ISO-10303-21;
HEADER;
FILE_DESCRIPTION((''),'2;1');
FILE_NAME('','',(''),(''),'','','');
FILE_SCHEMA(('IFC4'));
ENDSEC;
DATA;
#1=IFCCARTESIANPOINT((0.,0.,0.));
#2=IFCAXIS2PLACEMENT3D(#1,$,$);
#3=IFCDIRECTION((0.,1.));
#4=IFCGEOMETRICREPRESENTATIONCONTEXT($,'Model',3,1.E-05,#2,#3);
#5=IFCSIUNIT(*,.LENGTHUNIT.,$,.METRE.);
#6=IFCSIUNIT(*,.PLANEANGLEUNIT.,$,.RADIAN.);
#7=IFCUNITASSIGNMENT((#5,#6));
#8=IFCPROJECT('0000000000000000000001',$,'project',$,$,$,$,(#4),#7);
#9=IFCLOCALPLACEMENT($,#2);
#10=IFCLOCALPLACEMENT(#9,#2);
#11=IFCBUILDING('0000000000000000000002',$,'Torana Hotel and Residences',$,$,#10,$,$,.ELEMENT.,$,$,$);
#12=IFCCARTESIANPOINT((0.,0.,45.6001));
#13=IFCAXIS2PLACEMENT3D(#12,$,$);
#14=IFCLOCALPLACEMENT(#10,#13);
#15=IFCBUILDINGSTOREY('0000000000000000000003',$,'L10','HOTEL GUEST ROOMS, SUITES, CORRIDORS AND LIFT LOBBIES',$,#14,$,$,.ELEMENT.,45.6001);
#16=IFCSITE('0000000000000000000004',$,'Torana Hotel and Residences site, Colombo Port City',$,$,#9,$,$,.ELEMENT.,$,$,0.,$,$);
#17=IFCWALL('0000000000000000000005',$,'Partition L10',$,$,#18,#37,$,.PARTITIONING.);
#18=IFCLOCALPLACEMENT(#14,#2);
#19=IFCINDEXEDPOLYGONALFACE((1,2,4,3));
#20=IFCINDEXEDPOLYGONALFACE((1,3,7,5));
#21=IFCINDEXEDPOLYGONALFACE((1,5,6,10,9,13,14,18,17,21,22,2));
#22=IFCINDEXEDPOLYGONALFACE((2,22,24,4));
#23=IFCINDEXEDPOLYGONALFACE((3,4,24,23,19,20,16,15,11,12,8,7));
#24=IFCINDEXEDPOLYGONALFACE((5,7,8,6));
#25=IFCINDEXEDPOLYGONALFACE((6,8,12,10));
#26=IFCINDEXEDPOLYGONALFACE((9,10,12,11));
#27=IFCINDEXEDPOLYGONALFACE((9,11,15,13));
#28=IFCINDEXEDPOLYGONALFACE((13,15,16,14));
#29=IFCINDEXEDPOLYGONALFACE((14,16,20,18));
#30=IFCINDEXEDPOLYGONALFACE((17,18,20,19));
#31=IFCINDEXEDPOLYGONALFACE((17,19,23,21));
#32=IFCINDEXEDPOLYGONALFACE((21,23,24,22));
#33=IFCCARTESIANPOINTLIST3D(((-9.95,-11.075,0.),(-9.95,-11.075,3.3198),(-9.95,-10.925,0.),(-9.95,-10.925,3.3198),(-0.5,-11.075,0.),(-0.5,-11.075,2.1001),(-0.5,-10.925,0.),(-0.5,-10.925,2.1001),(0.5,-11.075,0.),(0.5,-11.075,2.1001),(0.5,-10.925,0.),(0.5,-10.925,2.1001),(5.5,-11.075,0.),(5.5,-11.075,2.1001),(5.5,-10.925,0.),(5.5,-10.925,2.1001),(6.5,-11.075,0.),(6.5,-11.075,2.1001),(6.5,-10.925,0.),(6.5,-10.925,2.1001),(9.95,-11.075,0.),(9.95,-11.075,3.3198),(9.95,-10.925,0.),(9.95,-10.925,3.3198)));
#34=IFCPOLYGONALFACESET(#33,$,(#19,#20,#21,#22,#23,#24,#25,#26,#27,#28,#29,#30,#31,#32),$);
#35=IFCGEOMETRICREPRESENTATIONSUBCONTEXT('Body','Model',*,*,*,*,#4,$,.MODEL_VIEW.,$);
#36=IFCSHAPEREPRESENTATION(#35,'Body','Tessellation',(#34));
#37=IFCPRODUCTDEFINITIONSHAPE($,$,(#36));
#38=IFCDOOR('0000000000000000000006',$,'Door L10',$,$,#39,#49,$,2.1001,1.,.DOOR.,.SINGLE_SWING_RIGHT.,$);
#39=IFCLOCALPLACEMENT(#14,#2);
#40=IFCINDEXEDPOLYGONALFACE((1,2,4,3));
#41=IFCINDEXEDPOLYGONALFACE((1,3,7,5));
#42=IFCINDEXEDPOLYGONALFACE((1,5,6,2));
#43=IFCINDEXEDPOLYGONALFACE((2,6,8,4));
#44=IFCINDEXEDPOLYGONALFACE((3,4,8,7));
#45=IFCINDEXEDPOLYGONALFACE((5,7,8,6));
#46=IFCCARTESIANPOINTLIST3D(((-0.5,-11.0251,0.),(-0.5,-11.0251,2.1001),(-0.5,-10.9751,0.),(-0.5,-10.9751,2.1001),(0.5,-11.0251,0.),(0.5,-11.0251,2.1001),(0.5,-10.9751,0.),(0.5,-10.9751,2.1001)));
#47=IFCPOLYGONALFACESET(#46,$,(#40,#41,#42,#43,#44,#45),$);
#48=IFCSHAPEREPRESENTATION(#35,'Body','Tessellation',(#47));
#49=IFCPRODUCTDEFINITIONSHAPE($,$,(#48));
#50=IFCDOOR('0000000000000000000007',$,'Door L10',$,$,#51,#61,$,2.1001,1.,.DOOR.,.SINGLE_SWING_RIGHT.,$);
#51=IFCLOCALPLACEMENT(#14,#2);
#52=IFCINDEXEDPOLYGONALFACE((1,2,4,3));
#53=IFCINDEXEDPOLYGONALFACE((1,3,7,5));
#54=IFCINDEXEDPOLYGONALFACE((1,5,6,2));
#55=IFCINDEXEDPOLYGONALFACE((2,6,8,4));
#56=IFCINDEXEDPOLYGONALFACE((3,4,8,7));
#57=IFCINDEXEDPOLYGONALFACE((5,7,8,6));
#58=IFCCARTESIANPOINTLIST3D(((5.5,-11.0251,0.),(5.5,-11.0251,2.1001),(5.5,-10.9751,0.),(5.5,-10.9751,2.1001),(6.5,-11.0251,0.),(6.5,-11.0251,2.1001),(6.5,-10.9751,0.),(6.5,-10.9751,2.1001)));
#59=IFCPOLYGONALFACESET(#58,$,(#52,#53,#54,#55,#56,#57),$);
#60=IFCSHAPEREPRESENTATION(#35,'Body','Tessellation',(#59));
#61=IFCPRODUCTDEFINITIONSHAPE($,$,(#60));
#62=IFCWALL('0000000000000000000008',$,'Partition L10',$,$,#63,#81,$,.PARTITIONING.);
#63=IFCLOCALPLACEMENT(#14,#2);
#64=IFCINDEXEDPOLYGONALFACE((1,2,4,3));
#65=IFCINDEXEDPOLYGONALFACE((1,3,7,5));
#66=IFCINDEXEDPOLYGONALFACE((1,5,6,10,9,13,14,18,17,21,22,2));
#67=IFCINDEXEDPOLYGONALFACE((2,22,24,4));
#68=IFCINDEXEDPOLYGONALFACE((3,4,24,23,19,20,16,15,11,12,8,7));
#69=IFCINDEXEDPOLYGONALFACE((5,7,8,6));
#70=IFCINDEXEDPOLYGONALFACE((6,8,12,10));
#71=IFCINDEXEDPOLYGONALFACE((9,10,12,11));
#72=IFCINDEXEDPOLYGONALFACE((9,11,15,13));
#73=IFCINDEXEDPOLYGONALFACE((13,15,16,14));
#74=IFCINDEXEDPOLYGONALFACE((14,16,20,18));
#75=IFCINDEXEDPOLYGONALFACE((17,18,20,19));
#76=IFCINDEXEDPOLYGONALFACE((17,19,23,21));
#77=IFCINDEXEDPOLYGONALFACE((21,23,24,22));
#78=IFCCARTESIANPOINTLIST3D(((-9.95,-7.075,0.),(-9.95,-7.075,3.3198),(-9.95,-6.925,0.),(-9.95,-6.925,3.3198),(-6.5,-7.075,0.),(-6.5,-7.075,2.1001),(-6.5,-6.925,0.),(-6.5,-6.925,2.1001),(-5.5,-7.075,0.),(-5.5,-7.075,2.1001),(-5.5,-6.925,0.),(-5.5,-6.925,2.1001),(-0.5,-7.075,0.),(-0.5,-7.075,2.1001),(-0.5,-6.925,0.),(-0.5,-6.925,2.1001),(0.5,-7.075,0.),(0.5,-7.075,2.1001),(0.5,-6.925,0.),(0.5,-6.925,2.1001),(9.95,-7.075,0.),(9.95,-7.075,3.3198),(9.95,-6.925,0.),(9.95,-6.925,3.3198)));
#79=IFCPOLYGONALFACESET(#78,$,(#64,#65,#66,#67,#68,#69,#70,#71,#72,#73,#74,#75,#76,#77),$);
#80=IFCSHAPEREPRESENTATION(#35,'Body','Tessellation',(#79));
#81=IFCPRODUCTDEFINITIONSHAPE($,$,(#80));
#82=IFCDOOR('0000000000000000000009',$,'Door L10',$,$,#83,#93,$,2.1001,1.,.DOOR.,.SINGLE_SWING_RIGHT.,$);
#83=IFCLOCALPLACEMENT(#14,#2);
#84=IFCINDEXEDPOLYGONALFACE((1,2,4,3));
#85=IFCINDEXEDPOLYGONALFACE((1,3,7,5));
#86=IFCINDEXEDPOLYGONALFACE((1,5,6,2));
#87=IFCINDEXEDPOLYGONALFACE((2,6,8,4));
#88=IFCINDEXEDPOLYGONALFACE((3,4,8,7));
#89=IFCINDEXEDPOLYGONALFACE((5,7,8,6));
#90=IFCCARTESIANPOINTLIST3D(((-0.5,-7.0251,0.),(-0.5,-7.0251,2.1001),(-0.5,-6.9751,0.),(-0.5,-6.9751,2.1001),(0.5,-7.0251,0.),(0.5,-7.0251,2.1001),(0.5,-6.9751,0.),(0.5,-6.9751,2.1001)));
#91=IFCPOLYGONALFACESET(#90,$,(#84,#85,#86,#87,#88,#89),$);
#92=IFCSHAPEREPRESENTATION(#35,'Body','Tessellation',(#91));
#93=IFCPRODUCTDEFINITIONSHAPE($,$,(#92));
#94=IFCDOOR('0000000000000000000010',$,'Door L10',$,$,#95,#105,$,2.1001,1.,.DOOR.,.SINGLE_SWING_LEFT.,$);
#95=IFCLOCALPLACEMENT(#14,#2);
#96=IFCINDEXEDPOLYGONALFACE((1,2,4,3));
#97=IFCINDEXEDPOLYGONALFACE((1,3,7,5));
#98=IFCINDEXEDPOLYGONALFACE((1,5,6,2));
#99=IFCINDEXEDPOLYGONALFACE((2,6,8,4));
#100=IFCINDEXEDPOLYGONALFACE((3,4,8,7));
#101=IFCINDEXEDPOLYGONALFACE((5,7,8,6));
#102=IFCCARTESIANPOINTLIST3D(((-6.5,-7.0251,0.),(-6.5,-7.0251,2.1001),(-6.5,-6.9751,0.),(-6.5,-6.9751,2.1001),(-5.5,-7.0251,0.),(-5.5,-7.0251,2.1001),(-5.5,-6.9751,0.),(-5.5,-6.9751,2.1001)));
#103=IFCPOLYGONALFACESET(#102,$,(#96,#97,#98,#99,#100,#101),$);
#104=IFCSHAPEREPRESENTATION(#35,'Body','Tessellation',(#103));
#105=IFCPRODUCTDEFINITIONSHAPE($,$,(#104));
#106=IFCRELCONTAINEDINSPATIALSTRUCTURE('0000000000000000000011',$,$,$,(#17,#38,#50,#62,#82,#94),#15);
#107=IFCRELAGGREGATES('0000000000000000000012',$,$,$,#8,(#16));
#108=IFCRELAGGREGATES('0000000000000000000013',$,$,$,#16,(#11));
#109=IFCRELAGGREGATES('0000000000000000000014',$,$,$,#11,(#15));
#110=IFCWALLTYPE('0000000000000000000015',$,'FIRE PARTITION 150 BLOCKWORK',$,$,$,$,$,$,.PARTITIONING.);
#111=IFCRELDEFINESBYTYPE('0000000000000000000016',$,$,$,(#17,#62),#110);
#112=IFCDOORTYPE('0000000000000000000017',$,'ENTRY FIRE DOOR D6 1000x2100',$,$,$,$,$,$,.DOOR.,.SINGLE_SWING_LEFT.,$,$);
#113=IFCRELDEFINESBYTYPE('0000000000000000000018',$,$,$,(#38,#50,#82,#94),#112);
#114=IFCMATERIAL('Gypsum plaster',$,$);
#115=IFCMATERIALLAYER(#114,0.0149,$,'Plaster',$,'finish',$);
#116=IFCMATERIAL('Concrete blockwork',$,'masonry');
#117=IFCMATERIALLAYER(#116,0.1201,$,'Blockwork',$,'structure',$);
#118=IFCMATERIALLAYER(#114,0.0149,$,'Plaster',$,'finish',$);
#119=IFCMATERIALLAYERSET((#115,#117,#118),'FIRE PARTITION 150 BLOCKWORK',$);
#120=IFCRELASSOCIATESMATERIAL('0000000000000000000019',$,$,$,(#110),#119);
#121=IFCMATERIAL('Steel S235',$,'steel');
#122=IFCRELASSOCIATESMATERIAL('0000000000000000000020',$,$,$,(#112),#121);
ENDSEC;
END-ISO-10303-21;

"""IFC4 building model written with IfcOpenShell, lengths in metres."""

from ifc_helpers import new_model, si_unit, direction, frame, frame_2d, origin, place, context, subcontext, project, spatial, rectangle, extrude, material, layer, layer_set, type_object, element, fill, save


model = new_model("IFC4")

# Units and contexts
model_context = context("Model", 3, precision=1e-05, world=origin(), true_north=direction((0.0, 1.0)))
body_context = subcontext(model_context, "Body", "Model", "MODEL_VIEW")
ifc_project = project(units=[si_unit("LENGTHUNIT", "METRE"), si_unit("PLANEANGLEUNIT", "RADIAN")], contexts=[model_context])

# Site, building, storey
site_placement = place(None, origin())
site = spatial("IfcSite", under=ifc_project, at=site_placement, Name="Torana Hotel and Residences site, Colombo Port City", CompositionType="ELEMENT", RefElevation=0.0)
building_placement = place(site_placement, origin())
building = spatial("IfcBuilding", under=site, at=building_placement, Name="Torana Hotel and Residences", CompositionType="ELEMENT")
storey_placement = place(building_placement, frame((0.0, 0.0, 45.6001)))
storey = spatial("IfcBuildingStorey", under=building, at=storey_placement, Name="L10", Description="HOTEL GUEST ROOMS, SUITES, CORRIDORS AND LIFT LOBBIES", CompositionType="ELEMENT", Elevation=45.6001)

# Shared definitions
ifc_material_1 = material(Name="Gypsum plaster")
ifc_layer_1 = layer(ifc_material_1, 0.0149, Name="Plaster", Category="finish")
ifc_material_2 = material(Name="Concrete blockwork", Category="masonry")
ifc_layer_2 = layer(ifc_material_2, 0.1201, Name="Blockwork", Category="structure")
ifc_layer_3 = layer(ifc_material_1, 0.0149, Name="Plaster", Category="finish")
ifc_layer_set_1 = layer_set([ifc_layer_1, ifc_layer_2, ifc_layer_3], Name="FIRE PARTITION 150 BLOCKWORK")
wall_type_1 = type_object("IfcWallType", Name="FIRE PARTITION 150 BLOCKWORK", PredefinedType="PARTITIONING", material=ifc_layer_set_1)

# Walls, openings, doors
wall_1_placement = place(storey_placement, frame((-9.95, -11.0, 0.0), z_axis=(0.0, 0.0, 1.0), x_axis=(1.0, 0.0, 0.0)))
wall_1 = element("IfcWall", 1, at=wall_1_placement, inside=storey, type_object=wall_type_1, Name="Partition L10", PredefinedType="PARTITIONING", context=body_context, shape_type="SweptSolid", body=[
    extrude(rectangle(XDim=19.8999, YDim=0.1499, at=frame_2d((9.95, 0.0))), origin(), (0.0, 0.0, 1.0), 3.3198),
])
opening_1_placement = place(wall_1_placement, frame((9.45, 0.0, 0.0)))
opening_1 = element("IfcOpeningElement", 2, at=opening_1_placement, cuts=wall_1, PredefinedType="OPENING", context=body_context, shape_type="SweptSolid", body=[
    extrude(rectangle(XDim=1.0, YDim=2.1001, at=frame_2d((0.5, 1.05))), frame((0.0, 0.085, 0.0), z_axis=(0.0, -1.0, 0.0), x_axis=(1.0, 0.0, 0.0)), (0.0, 0.0, 1.0), 0.1699),
])
opening_2_placement = place(wall_1_placement, frame((15.45, 0.0, 0.0)))
opening_2 = element("IfcOpeningElement", 3, at=opening_2_placement, cuts=wall_1, PredefinedType="OPENING", context=body_context, shape_type="SweptSolid", body=[
    extrude(rectangle(XDim=1.0, YDim=2.1001, at=frame_2d((0.5, 1.05))), frame((0.0, 0.085, 0.0), z_axis=(0.0, -1.0, 0.0), x_axis=(1.0, 0.0, 0.0)), (0.0, 0.0, 1.0), 0.1699),
])
ifc_material_3 = material(Name="Steel S235", Category="steel")
door_type = type_object("IfcDoorType", Name="ENTRY FIRE DOOR D6 1000x2100", OperationType="SINGLE_SWING_LEFT", PredefinedType="DOOR", material=ifc_material_3)
door_1_placement = place(opening_1_placement, origin())
door_1 = element("IfcDoor", 4, at=door_1_placement, inside=storey, type_object=door_type, Name="Door L10", OperationType="SINGLE_SWING_RIGHT", OverallHeight=2.1001, OverallWidth=1.0, PredefinedType="DOOR", context=body_context, shape_type="SweptSolid", body=[
    extrude(rectangle(XDim=1.0, YDim=2.1001, at=frame_2d((0.5, 1.05))), frame((0.0, 0.0249, 0.0), z_axis=(0.0, -1.0, 0.0), x_axis=(1.0, 0.0, 0.0)), (0.0, 0.0, 1.0), 0.05),
])
fill(opening_1, door_1)
door_2_placement = place(opening_2_placement, origin())
door_2 = element("IfcDoor", 5, at=door_2_placement, inside=storey, type_object=door_type, Name="Door L10", OperationType="SINGLE_SWING_RIGHT", OverallHeight=2.1001, OverallWidth=1.0, PredefinedType="DOOR", context=body_context, shape_type="SweptSolid", body=[
    extrude(rectangle(XDim=1.0, YDim=2.1001, at=frame_2d((0.5, 1.05))), frame((0.0, 0.0249, 0.0), z_axis=(0.0, -1.0, 0.0), x_axis=(1.0, 0.0, 0.0)), (0.0, 0.0, 1.0), 0.05),
])
fill(opening_2, door_2)
wall_2_placement = place(storey_placement, frame((-9.95, -7.0, 0.0), z_axis=(0.0, 0.0, 1.0), x_axis=(1.0, 0.0, 0.0)))
wall_2 = element("IfcWall", 6, at=wall_2_placement, inside=storey, type_object=wall_type_1, Name="Partition L10", PredefinedType="PARTITIONING", context=body_context, shape_type="SweptSolid", body=[
    extrude(rectangle(XDim=19.8999, YDim=0.1499, at=frame_2d((9.95, 0.0))), origin(), (0.0, 0.0, 1.0), 3.3198),
])
opening_3_placement = place(wall_2_placement, frame((9.45, 0.0, 0.0)))
opening_3 = element("IfcOpeningElement", 7, at=opening_3_placement, cuts=wall_2, PredefinedType="OPENING", context=body_context, shape_type="SweptSolid", body=[
    extrude(rectangle(XDim=1.0, YDim=2.1001, at=frame_2d((0.5, 1.05))), frame((0.0, 0.085, 0.0), z_axis=(0.0, -1.0, 0.0), x_axis=(1.0, 0.0, 0.0)), (0.0, 0.0, 1.0), 0.1699),
])
opening_4_placement = place(wall_2_placement, frame((3.45, 0.0, 0.0)))
opening_4 = element("IfcOpeningElement", 8, at=opening_4_placement, cuts=wall_2, PredefinedType="OPENING", context=body_context, shape_type="SweptSolid", body=[
    extrude(rectangle(XDim=1.0, YDim=2.1001, at=frame_2d((0.5, 1.05))), frame((0.0, 0.085, 0.0), z_axis=(0.0, -1.0, 0.0), x_axis=(1.0, 0.0, 0.0)), (0.0, 0.0, 1.0), 0.1699),
])
door_3_placement = place(opening_3_placement, origin())
door_3 = element("IfcDoor", 9, at=door_3_placement, inside=storey, type_object=door_type, Name="Door L10", OperationType="SINGLE_SWING_RIGHT", OverallHeight=2.1001, OverallWidth=1.0, PredefinedType="DOOR", context=body_context, shape_type="SweptSolid", body=[
    extrude(rectangle(XDim=1.0, YDim=2.1001, at=frame_2d((0.5, 1.05))), frame((0.0, 0.0249, 0.0), z_axis=(0.0, -1.0, 0.0), x_axis=(1.0, 0.0, 0.0)), (0.0, 0.0, 1.0), 0.05),
])
fill(opening_3, door_3)
door_4_placement = place(opening_4_placement, frame((0.5, 0.0, 0.0), z_axis=(0.0, 0.0, 1.0), x_axis=(-1.0, 0.0, 0.0)))
door_4 = element("IfcDoor", 10, at=door_4_placement, inside=storey, type_object=door_type, Name="Door L10", OperationType="SINGLE_SWING_LEFT", OverallHeight=2.1001, OverallWidth=1.0, PredefinedType="DOOR", context=body_context, shape_type="SweptSolid", body=[
    extrude(rectangle(XDim=1.0, YDim=2.1001, at=frame_2d((0.0, 1.05))), frame((0.0, -0.0249, 0.0), z_axis=(0.0, 1.0, 0.0), x_axis=(-1.0, 0.0, 0.0)), (0.0, 0.0, 1.0), 0.05),
])
fill(opening_4, door_4)

save(model, "model.ifc")
